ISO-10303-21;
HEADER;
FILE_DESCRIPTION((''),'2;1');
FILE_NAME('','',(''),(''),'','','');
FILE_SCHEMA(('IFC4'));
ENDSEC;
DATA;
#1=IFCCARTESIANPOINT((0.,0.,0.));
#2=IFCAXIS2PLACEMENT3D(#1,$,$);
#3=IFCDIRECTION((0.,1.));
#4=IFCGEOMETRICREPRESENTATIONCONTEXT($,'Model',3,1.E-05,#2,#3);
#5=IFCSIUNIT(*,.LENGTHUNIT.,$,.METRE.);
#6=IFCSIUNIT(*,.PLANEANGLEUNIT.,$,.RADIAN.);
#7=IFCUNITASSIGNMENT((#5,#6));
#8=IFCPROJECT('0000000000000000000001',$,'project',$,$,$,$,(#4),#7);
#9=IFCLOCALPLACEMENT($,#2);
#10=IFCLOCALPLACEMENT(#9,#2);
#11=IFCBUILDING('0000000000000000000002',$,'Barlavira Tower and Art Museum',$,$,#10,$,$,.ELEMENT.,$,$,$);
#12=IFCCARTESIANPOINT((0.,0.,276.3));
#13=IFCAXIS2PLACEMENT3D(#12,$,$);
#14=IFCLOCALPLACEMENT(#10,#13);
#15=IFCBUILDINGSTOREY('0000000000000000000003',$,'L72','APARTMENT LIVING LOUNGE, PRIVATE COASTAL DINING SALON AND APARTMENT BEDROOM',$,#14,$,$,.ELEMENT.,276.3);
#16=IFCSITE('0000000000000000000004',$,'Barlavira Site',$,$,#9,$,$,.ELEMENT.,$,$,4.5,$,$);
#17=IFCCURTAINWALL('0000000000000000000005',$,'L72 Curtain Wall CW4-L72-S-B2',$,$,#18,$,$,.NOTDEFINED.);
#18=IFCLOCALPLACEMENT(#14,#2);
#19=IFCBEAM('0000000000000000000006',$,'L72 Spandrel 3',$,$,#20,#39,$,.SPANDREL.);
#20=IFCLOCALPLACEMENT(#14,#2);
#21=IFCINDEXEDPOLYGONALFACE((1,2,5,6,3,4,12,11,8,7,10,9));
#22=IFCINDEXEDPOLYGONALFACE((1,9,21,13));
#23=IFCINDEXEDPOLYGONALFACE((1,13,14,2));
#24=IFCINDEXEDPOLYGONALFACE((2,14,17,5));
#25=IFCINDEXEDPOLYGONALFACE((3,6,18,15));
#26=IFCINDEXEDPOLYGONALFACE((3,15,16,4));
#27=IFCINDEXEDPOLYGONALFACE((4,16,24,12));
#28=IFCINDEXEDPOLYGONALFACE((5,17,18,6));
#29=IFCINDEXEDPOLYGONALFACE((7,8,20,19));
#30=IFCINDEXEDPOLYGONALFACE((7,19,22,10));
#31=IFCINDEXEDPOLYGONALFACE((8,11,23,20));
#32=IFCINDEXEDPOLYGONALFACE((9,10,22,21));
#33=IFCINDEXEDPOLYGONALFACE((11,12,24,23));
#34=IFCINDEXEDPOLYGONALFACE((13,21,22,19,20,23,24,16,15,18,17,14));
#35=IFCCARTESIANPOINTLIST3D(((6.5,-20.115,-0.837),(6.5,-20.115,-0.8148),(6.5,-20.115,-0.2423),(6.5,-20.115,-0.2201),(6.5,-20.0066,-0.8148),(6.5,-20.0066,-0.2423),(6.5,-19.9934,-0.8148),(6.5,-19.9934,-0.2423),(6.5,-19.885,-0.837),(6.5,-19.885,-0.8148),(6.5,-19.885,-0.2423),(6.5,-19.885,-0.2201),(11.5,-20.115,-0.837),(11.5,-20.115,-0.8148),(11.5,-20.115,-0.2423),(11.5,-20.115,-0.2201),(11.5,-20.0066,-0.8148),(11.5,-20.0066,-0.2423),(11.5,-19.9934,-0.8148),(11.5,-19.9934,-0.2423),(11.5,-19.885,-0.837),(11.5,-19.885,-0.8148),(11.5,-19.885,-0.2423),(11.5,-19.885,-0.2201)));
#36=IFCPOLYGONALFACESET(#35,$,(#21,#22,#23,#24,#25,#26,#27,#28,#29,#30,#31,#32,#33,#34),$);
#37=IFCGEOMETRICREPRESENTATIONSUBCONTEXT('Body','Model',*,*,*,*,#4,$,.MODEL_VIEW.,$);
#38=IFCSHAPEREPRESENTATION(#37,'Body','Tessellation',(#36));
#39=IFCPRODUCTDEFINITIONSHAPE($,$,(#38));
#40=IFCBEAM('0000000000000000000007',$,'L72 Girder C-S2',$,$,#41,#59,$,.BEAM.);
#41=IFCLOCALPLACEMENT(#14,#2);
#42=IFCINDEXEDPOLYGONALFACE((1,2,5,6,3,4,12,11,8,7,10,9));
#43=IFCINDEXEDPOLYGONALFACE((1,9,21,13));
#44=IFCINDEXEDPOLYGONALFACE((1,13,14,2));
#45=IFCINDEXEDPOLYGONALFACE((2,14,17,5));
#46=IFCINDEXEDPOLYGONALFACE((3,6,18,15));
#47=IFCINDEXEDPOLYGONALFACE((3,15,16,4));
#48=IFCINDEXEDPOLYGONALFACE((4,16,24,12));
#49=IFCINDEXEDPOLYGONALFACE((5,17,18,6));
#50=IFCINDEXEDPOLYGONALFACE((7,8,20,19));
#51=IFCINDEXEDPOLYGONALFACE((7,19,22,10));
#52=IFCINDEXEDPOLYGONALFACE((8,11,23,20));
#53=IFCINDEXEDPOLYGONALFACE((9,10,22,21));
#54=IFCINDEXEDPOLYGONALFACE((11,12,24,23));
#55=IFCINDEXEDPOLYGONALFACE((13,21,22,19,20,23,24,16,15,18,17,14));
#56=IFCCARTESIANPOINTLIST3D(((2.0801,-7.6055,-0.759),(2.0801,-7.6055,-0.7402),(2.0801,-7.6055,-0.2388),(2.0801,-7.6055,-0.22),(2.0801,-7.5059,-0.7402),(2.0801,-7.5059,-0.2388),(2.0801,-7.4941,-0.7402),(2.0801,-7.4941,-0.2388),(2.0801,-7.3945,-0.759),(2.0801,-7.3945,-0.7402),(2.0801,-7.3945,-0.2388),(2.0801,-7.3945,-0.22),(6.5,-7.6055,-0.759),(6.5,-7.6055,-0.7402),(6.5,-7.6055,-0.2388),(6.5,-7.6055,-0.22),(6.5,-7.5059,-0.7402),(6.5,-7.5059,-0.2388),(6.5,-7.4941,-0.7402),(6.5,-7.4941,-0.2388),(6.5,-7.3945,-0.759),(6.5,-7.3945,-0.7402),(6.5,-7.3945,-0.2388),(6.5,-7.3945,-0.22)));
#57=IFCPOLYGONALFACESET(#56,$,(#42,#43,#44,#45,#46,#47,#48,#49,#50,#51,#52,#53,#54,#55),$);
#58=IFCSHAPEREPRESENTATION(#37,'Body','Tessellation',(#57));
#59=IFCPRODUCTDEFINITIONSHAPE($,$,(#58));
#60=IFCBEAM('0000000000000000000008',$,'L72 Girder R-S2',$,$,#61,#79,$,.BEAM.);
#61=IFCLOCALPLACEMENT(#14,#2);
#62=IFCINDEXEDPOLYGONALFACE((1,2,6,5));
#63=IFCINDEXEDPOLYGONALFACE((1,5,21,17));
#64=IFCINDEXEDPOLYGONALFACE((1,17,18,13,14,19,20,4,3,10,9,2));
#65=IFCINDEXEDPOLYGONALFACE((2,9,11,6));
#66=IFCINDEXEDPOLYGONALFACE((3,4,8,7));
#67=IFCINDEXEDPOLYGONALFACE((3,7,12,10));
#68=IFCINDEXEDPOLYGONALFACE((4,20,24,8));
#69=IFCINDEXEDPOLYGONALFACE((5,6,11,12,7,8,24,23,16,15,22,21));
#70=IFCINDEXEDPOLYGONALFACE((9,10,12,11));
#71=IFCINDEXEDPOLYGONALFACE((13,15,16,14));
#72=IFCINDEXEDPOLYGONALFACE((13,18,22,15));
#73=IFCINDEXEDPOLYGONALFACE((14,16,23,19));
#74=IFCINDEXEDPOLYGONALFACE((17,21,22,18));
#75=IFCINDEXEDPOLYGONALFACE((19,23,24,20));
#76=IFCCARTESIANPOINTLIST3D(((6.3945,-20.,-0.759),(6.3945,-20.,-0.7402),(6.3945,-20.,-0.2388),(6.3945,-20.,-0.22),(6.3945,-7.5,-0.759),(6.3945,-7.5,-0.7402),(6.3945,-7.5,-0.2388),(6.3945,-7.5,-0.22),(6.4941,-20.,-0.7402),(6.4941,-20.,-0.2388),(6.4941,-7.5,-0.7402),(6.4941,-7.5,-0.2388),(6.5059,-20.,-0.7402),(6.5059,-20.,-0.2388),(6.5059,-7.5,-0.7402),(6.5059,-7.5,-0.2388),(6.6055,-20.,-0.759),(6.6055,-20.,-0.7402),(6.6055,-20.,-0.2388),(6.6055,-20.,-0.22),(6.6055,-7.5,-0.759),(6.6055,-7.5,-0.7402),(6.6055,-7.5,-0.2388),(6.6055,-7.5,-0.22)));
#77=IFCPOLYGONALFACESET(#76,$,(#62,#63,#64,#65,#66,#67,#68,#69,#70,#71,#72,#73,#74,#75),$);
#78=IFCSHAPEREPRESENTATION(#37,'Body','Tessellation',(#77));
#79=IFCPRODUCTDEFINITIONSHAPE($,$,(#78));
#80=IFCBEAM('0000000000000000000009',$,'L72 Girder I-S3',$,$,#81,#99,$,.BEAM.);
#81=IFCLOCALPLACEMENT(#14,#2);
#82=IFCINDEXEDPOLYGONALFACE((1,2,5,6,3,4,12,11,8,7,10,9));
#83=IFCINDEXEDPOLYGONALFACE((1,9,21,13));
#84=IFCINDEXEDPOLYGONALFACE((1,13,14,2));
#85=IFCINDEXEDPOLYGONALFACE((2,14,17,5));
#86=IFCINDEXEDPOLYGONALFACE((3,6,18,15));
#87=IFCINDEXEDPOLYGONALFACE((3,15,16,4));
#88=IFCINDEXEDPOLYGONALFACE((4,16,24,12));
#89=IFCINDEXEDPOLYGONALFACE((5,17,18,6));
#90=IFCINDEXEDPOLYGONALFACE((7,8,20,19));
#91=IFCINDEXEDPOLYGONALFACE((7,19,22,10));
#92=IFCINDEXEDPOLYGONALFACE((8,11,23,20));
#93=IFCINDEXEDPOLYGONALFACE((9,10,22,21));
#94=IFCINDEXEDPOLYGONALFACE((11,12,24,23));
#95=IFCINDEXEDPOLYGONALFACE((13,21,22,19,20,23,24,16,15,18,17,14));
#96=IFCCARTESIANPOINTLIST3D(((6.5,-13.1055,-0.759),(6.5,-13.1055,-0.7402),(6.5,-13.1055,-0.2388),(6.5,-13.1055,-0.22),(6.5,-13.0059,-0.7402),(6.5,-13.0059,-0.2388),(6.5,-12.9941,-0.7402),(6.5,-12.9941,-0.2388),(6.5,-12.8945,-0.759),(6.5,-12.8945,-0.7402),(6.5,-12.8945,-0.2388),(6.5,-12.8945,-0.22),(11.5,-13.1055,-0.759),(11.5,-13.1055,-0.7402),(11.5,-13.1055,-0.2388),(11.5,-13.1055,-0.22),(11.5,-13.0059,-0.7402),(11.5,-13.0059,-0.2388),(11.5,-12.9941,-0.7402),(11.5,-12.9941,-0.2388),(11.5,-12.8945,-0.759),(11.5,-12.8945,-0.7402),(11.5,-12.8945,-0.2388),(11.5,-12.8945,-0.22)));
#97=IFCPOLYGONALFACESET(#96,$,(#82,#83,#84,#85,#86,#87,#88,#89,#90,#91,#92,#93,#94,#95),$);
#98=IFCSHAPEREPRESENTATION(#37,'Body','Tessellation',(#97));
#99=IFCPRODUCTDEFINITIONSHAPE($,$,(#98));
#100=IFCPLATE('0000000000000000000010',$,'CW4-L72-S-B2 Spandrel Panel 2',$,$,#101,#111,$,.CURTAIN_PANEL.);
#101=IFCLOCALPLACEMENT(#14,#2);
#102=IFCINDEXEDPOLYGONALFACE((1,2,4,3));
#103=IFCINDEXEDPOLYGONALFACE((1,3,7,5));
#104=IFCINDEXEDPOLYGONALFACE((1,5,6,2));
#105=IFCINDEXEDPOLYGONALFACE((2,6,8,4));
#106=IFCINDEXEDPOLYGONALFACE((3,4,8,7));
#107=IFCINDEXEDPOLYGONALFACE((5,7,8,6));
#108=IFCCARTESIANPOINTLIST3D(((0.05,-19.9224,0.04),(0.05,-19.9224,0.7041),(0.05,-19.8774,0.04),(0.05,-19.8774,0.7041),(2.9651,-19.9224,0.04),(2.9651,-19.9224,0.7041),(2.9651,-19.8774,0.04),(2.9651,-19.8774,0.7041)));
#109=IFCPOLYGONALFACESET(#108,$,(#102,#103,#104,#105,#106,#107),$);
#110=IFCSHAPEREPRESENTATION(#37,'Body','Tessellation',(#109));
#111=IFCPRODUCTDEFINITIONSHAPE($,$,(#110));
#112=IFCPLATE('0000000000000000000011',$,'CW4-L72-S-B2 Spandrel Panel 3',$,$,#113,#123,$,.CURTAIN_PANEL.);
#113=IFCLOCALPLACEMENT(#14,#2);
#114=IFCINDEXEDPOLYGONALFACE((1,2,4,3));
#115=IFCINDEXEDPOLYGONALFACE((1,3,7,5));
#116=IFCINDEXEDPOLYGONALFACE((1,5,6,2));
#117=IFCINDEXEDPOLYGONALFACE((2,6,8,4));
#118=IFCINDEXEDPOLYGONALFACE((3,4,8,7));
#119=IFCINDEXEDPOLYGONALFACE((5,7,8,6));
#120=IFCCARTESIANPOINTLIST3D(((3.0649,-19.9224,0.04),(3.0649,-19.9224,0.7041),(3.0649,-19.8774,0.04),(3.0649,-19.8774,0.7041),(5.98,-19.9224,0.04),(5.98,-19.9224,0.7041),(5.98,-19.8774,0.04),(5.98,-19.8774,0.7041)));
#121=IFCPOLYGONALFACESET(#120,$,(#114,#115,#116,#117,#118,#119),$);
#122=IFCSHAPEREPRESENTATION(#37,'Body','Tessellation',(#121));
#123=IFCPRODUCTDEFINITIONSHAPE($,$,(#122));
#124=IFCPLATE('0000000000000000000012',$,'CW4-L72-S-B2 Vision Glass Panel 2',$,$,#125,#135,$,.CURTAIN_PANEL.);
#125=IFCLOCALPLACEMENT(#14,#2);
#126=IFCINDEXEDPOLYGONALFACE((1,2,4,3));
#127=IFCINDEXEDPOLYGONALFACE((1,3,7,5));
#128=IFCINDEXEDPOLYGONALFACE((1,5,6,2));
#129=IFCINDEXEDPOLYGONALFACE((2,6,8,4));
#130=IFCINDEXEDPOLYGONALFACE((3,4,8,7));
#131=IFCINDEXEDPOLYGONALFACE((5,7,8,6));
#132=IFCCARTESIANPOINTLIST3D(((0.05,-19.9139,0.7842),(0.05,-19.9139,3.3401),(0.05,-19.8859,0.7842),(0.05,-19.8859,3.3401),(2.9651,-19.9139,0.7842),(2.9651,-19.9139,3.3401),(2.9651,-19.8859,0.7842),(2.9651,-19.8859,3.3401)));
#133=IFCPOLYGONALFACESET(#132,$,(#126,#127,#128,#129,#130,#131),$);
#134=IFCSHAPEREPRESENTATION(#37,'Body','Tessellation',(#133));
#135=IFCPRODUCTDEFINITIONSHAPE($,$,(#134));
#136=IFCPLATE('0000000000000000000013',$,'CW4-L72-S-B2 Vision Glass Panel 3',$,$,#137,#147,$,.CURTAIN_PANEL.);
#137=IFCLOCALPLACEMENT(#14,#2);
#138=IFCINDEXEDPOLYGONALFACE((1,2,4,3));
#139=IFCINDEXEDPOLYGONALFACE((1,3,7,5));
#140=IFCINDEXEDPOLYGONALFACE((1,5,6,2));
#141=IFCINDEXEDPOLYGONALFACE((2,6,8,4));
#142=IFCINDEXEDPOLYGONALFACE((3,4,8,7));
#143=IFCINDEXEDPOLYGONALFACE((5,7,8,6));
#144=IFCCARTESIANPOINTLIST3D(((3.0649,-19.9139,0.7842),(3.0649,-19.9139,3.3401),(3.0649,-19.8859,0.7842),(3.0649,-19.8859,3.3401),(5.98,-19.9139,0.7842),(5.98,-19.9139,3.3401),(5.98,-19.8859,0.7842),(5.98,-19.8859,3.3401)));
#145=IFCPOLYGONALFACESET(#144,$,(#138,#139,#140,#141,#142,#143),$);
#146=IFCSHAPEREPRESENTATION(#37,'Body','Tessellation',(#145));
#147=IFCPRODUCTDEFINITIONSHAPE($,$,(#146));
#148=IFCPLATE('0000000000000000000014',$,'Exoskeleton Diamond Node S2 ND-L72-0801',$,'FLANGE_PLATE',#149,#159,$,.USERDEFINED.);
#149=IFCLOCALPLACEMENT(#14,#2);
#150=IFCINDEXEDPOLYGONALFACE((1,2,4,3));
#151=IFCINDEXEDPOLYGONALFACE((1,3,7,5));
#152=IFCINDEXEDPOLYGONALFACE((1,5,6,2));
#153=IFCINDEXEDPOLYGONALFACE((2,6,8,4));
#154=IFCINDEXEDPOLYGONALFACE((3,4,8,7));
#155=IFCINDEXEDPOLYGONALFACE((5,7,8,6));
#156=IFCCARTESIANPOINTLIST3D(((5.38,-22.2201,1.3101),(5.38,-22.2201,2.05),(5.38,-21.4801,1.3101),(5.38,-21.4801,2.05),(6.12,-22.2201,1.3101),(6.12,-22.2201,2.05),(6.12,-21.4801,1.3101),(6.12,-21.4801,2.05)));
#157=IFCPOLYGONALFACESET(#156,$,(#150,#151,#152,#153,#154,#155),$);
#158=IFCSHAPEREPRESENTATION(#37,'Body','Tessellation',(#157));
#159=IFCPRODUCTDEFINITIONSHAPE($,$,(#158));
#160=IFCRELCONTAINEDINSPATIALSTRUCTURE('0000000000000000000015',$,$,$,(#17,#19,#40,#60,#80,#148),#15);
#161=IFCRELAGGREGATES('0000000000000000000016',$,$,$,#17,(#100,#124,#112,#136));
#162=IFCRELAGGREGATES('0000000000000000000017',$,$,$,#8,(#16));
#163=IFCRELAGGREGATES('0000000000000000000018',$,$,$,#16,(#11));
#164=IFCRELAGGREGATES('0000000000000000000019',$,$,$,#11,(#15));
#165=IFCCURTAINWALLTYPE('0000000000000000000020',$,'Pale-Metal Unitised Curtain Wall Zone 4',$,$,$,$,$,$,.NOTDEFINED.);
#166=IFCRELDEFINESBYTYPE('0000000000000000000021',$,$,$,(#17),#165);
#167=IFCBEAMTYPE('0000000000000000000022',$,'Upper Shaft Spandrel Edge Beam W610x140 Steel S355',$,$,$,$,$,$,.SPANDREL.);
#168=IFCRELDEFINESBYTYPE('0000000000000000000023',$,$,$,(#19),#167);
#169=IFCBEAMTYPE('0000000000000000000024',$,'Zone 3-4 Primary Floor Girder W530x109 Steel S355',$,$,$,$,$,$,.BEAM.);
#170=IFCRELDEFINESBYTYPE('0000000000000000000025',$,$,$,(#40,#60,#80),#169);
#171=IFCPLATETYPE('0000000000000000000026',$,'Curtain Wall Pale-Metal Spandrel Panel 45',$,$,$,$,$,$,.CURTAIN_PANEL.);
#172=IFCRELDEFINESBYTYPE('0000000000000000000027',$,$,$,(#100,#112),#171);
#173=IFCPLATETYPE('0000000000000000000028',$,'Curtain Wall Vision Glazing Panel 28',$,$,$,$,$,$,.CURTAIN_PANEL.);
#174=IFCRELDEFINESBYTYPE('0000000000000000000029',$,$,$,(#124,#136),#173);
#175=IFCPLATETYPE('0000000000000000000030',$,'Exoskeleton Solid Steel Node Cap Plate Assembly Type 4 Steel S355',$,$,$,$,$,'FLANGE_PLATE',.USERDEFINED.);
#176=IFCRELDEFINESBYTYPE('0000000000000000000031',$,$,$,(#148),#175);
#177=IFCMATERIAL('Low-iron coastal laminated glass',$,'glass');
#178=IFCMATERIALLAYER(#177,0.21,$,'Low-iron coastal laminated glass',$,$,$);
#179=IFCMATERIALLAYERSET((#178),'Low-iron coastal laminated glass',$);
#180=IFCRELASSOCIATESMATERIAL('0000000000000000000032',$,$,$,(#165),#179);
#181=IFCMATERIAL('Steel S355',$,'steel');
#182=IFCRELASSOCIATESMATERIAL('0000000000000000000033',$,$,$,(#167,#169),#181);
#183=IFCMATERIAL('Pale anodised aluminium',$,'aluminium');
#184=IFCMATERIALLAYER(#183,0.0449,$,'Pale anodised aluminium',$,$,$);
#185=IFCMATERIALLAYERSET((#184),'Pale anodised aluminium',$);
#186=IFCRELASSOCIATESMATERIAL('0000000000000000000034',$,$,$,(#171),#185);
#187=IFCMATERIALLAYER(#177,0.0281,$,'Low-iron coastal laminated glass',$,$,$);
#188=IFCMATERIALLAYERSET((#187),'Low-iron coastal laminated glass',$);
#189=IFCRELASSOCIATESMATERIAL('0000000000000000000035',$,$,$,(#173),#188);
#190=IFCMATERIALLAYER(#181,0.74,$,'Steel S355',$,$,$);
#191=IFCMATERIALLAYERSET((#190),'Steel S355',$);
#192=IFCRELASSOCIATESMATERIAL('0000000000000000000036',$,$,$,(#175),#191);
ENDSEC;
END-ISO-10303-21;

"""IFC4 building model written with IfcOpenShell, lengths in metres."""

from ifc_helpers import new_model, si_unit, direction, frame, origin, origin_2d, place, context, subcontext, project, spatial, rectangle, i_section, extrude, material, layer, layer_set, material_profile, profile_set, type_object, element, aggregate, save


model = new_model("IFC4")

# Units and contexts
model_context = context("Model", 3, precision=1e-05, world=origin(), true_north=direction((0.0, 1.0)))
body_context = subcontext(model_context, "Body", "Model", "MODEL_VIEW")
ifc_project = project(units=[si_unit("LENGTHUNIT", "METRE"), si_unit("PLANEANGLEUNIT", "RADIAN")], contexts=[model_context])

# Site, building, storey
site_placement = place(None, origin())
site = spatial("IfcSite", under=ifc_project, at=site_placement, Name="Barlavira Site", CompositionType="ELEMENT", RefElevation=4.5)
building_placement = place(site_placement, origin())
building = spatial("IfcBuilding", under=site, at=building_placement, Name="Barlavira Tower and Art Museum", CompositionType="ELEMENT")
storey_placement = place(building_placement, frame((0.0, 0.0, 276.3)))
storey = spatial("IfcBuildingStorey", under=building, at=storey_placement, Name="L72", Description="APARTMENT LIVING LOUNGE, PRIVATE COASTAL DINING SALON AND APARTMENT BEDROOM", CompositionType="ELEMENT", Elevation=276.3)

# Shared definitions
ifc_material_1 = material(Name="Steel S355", Category="steel")

# Curtain wall
ifc_material_2 = material(Name="Low-iron coastal laminated glass", Category="glass")
ifc_layer_1 = layer(ifc_material_2, 0.21, Name="Low-iron coastal laminated glass")
ifc_layer_set_1 = layer_set([ifc_layer_1], Name="Low-iron coastal laminated glass")
curtain_wall_type = type_object("IfcCurtainWallType", Name="Pale-Metal Unitised Curtain Wall Zone 4", PredefinedType="NOTDEFINED", material=ifc_layer_set_1)
curtain_wall_placement = place(storey_placement, origin())
curtain_wall = element("IfcCurtainWall", 1, at=curtain_wall_placement, inside=storey, type_object=curtain_wall_type, Name="L72 Curtain Wall CW4-L72-S-B2", PredefinedType="NOTDEFINED")
ifc_material_3 = material(Name="Pale anodised aluminium", Category="aluminium")

# Beams
ifc_material_profile_1 = material_profile(ifc_material_1, i_section(OverallWidth=0.23, OverallDepth=0.6169, WebThickness=0.0132, FlangeThickness=0.0222, at=origin_2d()), Name="W610x140.0")
ifc_profile_set_1 = profile_set([ifc_material_profile_1], Name="Steel S355")
beam_type_1 = type_object("IfcBeamType", Name="Upper Shaft Spandrel Edge Beam W610x140 Steel S355", PredefinedType="SPANDREL", material=ifc_profile_set_1)
beam_1_placement = place(storey_placement, frame((6.5, -20.0, -0.5286), z_axis=(1.0, 0.0, 0.0), x_axis=(0.0, 1.0, 0.0)))
element("IfcBeam", 2, at=beam_1_placement, inside=storey, type_object=beam_type_1, Name="L72 Spandrel 3", PredefinedType="SPANDREL", context=body_context, shape_type="SweptSolid", body=[
    extrude(i_section(OverallWidth=0.23, OverallDepth=0.6169, WebThickness=0.0132, FlangeThickness=0.0222, at=origin_2d()), origin(), (0.0, 0.0, 1.0), 5.0),
])
ifc_material_profile_2 = material_profile(ifc_material_1, i_section(OverallWidth=0.2109, OverallDepth=0.5391, WebThickness=0.0117, FlangeThickness=0.0188, at=origin_2d()), Name="W530x109.0")
ifc_profile_set_2 = profile_set([ifc_material_profile_2], Name="Steel S355")
beam_type_2 = type_object("IfcBeamType", Name="Zone 3-4 Primary Floor Girder W530x109 Steel S355", PredefinedType="BEAM", material=ifc_profile_set_2)
beam_2_placement = place(storey_placement, frame((2.0801, -7.5, -0.4895), z_axis=(1.0, 0.0, 0.0), x_axis=(0.0, 1.0, 0.0)))
element("IfcBeam", 3, at=beam_2_placement, inside=storey, type_object=beam_type_2, Name="L72 Girder C-S2", PredefinedType="BEAM", context=body_context, shape_type="SweptSolid", body=[
    extrude(i_section(OverallWidth=0.2109, OverallDepth=0.5391, WebThickness=0.0117, FlangeThickness=0.0188, at=origin_2d()), origin(), (0.0, 0.0, 1.0), 4.4199),
])
beam_3_placement = place(storey_placement, frame((6.5, -20.0, -0.4895), z_axis=(0.0, 1.0, 0.0), x_axis=(-1.0, 0.0, 0.0)))
element("IfcBeam", 4, at=beam_3_placement, inside=storey, type_object=beam_type_2, Name="L72 Girder R-S2", PredefinedType="BEAM", context=body_context, shape_type="SweptSolid", body=[
    extrude(i_section(OverallWidth=0.2109, OverallDepth=0.5391, WebThickness=0.0117, FlangeThickness=0.0188, at=origin_2d()), origin(), (0.0, 0.0, 1.0), 12.5),
])
beam_4_placement = place(storey_placement, frame((6.5, -13.0, -0.4895), z_axis=(1.0, 0.0, 0.0), x_axis=(0.0, 1.0, 0.0)))
element("IfcBeam", 5, at=beam_4_placement, inside=storey, type_object=beam_type_2, Name="L72 Girder I-S3", PredefinedType="BEAM", context=body_context, shape_type="SweptSolid", body=[
    extrude(i_section(OverallWidth=0.2109, OverallDepth=0.5391, WebThickness=0.0117, FlangeThickness=0.0188, at=origin_2d()), origin(), (0.0, 0.0, 1.0), 5.0),
])

# Plates
ifc_layer_2 = layer(ifc_material_3, 0.0449, Name="Pale anodised aluminium")
ifc_layer_set_2 = layer_set([ifc_layer_2], Name="Pale anodised aluminium")
plate_type_1 = type_object("IfcPlateType", Name="Curtain Wall Pale-Metal Spandrel Panel 45", PredefinedType="CURTAIN_PANEL", material=ifc_layer_set_2)
plate_1_placement = place(storey_placement, frame((1.5076, -19.8999, 0.04), z_axis=(0.0, 0.0, 1.0), x_axis=(1.0, 0.0, 0.0)))
plate_1 = element("IfcPlate", 6, at=plate_1_placement, type_object=plate_type_1, Name="CW4-L72-S-B2 Spandrel Panel 2", PredefinedType="CURTAIN_PANEL", context=body_context, shape_type="SweptSolid", body=[
    extrude(rectangle(XDim=2.915, YDim=0.0449, at=origin_2d()), origin(), (0.0, 0.0, 1.0), 0.6641),
])
plate_2_placement = place(storey_placement, frame((4.5225, -19.8999, 0.04), z_axis=(0.0, 0.0, 1.0), x_axis=(1.0, 0.0, 0.0)))
plate_2 = element("IfcPlate", 7, at=plate_2_placement, type_object=plate_type_1, Name="CW4-L72-S-B2 Spandrel Panel 3", PredefinedType="CURTAIN_PANEL", context=body_context, shape_type="SweptSolid", body=[
    extrude(rectangle(XDim=2.915, YDim=0.0449, at=origin_2d()), origin(), (0.0, 0.0, 1.0), 0.6641),
])
ifc_layer_3 = layer(ifc_material_2, 0.0281, Name="Low-iron coastal laminated glass")
ifc_layer_set_3 = layer_set([ifc_layer_3], Name="Low-iron coastal laminated glass")
plate_type_2 = type_object("IfcPlateType", Name="Curtain Wall Vision Glazing Panel 28", PredefinedType="CURTAIN_PANEL", material=ifc_layer_set_3)
plate_3_placement = place(storey_placement, frame((1.5076, -19.8999, 0.7842), z_axis=(0.0, 0.0, 1.0), x_axis=(1.0, 0.0, 0.0)))
plate_3 = element("IfcPlate", 8, at=plate_3_placement, type_object=plate_type_2, Name="CW4-L72-S-B2 Vision Glass Panel 2", PredefinedType="CURTAIN_PANEL", context=body_context, shape_type="SweptSolid", body=[
    extrude(rectangle(XDim=2.915, YDim=0.0281, at=origin_2d()), origin(), (0.0, 0.0, 1.0), 2.5559),
])
plate_4_placement = place(storey_placement, frame((4.5225, -19.8999, 0.7842), z_axis=(0.0, 0.0, 1.0), x_axis=(1.0, 0.0, 0.0)))
plate_4 = element("IfcPlate", 9, at=plate_4_placement, type_object=plate_type_2, Name="CW4-L72-S-B2 Vision Glass Panel 3", PredefinedType="CURTAIN_PANEL", context=body_context, shape_type="SweptSolid", body=[
    extrude(rectangle(XDim=2.915, YDim=0.0281, at=origin_2d()), origin(), (0.0, 0.0, 1.0), 2.5559),
])
aggregate(curtain_wall, [plate_1, plate_3, plate_2, plate_4])
ifc_layer_4 = layer(ifc_material_1, 0.74, Name="Steel S355")
ifc_layer_set_4 = layer_set([ifc_layer_4], Name="Steel S355")
plate_type_3 = type_object("IfcPlateType", Name="Exoskeleton Solid Steel Node Cap Plate Assembly Type 4 Steel S355", ElementType="FLANGE_PLATE", PredefinedType="USERDEFINED", material=ifc_layer_set_4)
plate_5_placement = place(storey_placement, frame((5.75, -21.8501, 1.3101), z_axis=(0.0, 0.0, 1.0), x_axis=(1.0, 0.0, 0.0)))
element("IfcPlate", 10, at=plate_5_placement, inside=storey, type_object=plate_type_3, Name="Exoskeleton Diamond Node S2 ND-L72-0801", ObjectType="FLANGE_PLATE", PredefinedType="USERDEFINED", context=body_context, shape_type="SweptSolid", body=[
    extrude(rectangle(XDim=0.74, YDim=0.74, at=origin_2d()), origin(), (0.0, 0.0, 1.0), 0.74),
])

save(model, "model.ifc")
